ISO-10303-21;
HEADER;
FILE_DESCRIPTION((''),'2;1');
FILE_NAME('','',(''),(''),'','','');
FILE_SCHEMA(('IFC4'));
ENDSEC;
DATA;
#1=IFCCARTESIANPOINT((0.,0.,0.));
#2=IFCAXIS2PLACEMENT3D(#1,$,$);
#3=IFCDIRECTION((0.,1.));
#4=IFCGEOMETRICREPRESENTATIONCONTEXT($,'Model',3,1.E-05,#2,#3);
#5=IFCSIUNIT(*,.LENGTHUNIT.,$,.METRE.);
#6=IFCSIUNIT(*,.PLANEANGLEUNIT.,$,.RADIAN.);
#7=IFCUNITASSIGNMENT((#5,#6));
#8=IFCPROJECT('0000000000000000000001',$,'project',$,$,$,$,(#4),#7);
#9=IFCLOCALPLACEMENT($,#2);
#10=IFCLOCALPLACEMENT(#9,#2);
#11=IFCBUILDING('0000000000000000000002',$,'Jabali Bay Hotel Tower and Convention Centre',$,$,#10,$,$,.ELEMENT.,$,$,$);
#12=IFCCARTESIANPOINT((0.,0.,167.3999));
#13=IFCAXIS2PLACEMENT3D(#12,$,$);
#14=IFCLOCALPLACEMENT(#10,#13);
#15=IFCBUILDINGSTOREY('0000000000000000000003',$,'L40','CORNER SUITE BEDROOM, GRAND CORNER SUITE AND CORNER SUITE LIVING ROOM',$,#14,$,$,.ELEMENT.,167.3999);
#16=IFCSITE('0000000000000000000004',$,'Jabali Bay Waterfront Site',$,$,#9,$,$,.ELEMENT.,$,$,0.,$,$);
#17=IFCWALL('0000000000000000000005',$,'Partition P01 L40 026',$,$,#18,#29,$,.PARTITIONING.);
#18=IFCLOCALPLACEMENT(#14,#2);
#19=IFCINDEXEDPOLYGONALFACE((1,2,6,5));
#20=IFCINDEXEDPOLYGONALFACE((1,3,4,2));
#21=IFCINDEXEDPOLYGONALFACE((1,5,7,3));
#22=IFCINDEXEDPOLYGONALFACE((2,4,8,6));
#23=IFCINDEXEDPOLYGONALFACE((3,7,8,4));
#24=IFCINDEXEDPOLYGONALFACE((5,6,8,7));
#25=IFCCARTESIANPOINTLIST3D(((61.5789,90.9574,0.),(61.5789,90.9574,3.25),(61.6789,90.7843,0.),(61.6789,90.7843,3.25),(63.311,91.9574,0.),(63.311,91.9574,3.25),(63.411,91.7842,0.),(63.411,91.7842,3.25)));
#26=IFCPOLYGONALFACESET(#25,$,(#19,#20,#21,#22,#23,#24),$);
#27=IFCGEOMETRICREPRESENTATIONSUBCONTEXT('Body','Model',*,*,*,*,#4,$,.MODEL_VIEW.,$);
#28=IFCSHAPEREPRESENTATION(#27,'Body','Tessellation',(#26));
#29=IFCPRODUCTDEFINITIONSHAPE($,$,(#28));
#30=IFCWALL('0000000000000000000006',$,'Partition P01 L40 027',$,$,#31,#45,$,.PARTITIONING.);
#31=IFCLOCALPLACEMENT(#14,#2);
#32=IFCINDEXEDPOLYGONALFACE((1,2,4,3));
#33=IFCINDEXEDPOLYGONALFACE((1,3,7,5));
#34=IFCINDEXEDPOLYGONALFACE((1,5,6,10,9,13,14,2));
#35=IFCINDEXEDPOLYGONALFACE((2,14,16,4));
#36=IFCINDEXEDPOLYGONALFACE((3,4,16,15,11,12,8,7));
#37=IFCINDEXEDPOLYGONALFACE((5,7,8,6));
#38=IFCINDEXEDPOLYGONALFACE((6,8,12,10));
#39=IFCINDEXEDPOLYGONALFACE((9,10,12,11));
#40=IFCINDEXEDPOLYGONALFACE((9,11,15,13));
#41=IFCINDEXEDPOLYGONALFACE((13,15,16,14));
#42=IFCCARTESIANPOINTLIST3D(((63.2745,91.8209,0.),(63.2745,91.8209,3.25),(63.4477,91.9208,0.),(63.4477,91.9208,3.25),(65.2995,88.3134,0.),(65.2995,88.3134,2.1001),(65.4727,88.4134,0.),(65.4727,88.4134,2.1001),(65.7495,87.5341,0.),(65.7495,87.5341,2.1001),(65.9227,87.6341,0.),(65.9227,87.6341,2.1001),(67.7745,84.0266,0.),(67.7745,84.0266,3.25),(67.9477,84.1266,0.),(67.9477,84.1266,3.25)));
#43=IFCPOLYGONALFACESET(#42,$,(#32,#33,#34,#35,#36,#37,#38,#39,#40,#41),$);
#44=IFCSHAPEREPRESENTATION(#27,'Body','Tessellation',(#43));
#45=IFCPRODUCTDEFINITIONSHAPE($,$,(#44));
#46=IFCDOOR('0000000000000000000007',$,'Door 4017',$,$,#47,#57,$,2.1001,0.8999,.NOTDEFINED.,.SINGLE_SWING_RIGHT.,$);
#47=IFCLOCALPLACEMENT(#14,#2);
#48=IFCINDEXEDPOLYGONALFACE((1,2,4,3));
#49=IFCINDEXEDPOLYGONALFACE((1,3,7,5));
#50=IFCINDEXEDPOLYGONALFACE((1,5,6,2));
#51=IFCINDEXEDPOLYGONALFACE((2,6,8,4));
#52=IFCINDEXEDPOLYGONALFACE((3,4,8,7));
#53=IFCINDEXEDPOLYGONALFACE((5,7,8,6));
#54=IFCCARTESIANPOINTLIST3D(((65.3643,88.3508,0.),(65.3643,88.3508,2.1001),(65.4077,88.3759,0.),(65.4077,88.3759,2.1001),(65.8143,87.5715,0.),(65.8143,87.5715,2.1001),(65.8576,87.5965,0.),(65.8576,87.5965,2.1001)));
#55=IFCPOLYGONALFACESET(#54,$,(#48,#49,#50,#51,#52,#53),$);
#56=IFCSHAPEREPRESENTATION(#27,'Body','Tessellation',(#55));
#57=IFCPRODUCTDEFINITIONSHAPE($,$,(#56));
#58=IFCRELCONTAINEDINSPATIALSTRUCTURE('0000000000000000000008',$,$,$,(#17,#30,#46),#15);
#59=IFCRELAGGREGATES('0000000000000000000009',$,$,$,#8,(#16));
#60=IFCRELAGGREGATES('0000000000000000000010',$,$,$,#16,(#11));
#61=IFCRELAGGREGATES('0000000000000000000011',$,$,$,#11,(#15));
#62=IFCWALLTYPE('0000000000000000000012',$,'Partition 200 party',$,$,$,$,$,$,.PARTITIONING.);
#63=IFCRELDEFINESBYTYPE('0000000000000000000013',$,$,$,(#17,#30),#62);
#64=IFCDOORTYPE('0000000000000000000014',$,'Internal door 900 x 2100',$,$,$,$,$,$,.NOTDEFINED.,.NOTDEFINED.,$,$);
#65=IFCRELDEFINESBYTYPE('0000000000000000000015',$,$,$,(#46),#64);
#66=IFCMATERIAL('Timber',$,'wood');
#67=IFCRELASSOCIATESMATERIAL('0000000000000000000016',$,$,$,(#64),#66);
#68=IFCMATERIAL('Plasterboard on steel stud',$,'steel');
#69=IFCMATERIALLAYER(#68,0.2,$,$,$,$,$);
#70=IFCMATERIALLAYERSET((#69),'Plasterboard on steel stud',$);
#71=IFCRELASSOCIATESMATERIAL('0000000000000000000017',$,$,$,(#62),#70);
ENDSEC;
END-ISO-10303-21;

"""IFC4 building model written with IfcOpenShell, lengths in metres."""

from ifc_helpers import new_model, si_unit, direction, frame, frame_2d, origin, place, context, subcontext, project, spatial, rectangle, extrude, material, layer, layer_set, type_object, element, fill, save


model = new_model("IFC4")

# Units and contexts
model_context = context("Model", 3, precision=1e-05, world=origin(), true_north=direction((0.0, 1.0)))
body_context = subcontext(model_context, "Body", "Model", "MODEL_VIEW")
ifc_project = project(units=[si_unit("LENGTHUNIT", "METRE"), si_unit("PLANEANGLEUNIT", "RADIAN")], contexts=[model_context])

# Site, building, storey
site_placement = place(None, origin())
site = spatial("IfcSite", under=ifc_project, at=site_placement, Name="Jabali Bay Waterfront Site", CompositionType="ELEMENT", RefElevation=0.0)
building_placement = place(site_placement, origin())
building = spatial("IfcBuilding", under=site, at=building_placement, Name="Jabali Bay Hotel Tower and Convention Centre", CompositionType="ELEMENT")
storey_placement = place(building_placement, frame((0.0, 0.0, 167.3999)))
storey = spatial("IfcBuildingStorey", under=building, at=storey_placement, Name="L40", Description="CORNER SUITE BEDROOM, GRAND CORNER SUITE AND CORNER SUITE LIVING ROOM", CompositionType="ELEMENT", Elevation=167.3999)

# Shared definitions
ifc_material_1 = material(Name="Plasterboard on steel stud", Category="steel")
ifc_material_2 = material(Name="Timber", Category="wood")
door_type_1 = type_object("IfcDoorType", Name="Internal door 900 x 2100", OperationType="NOTDEFINED", PredefinedType="NOTDEFINED", material=ifc_material_2)

# Wall
ifc_layer_1 = layer(ifc_material_1, 0.2)
ifc_layer_set_1 = layer_set([ifc_layer_1], Name="Plasterboard on steel stud")
wall_type_1 = type_object("IfcWallType", Name="Partition 200 party", PredefinedType="PARTITIONING", material=ifc_layer_set_1)
wall_1_placement = place(storey_placement, frame((61.6289, 90.8708, 0.0), z_axis=(0.0, 0.0, 1.0), x_axis=(0.866041, 0.499973, 0.0)))
element("IfcWall", 1, at=wall_1_placement, inside=storey, type_object=wall_type_1, Name="Partition P01 L40 026", PredefinedType="PARTITIONING", context=body_context, shape_type="SweptSolid", body=[
    extrude(rectangle(XDim=2.0, YDim=0.2, at=frame_2d((1.0, 0.0))), origin(), (0.0, 0.0, 1.0), 3.25),
])

# Wall, opening, door
wall_2_placement = place(storey_placement, frame((63.3611, 91.8708, 0.0), z_axis=(0.0, 0.0, 1.0), x_axis=(0.500002, -0.866024, 0.0)))
wall_2 = element("IfcWall", 2, at=wall_2_placement, inside=storey, type_object=wall_type_1, Name="Partition P01 L40 027", PredefinedType="PARTITIONING", context=body_context, shape_type="SweptSolid", body=[
    extrude(rectangle(XDim=9.0, YDim=0.2, at=frame_2d((4.5, 0.0))), origin(), (0.0, 0.0, 1.0), 3.25),
])
opening_1_placement = place(wall_2_placement, frame((4.05, 0.0, 0.0)))
opening_1 = element("IfcOpeningElement", 3, at=opening_1_placement, cuts=wall_2, PredefinedType="OPENING", context=body_context, shape_type="SweptSolid", body=[
    extrude(rectangle(XDim=0.8999, YDim=2.1001, at=frame_2d((0.45, 1.05))), frame((0.0, 0.1104, 0.0), z_axis=(0.0, -1.0, 0.0), x_axis=(1.0, 0.0, 0.0)), (0.0, 0.0, 1.0), 0.2209),
])
door_1_placement = place(opening_1_placement, origin())
door_1 = element("IfcDoor", 4, at=door_1_placement, inside=storey, type_object=door_type_1, Name="Door 4017", OperationType="SINGLE_SWING_RIGHT", OverallHeight=2.1001, OverallWidth=0.8999, PredefinedType="NOTDEFINED", context=body_context, shape_type="SweptSolid", body=[
    extrude(rectangle(XDim=0.8999, YDim=2.1001, at=frame_2d((0.45, 1.05))), frame((0.0, 0.0249, 0.0), z_axis=(0.0, -1.0, 0.0), x_axis=(1.0, 0.0, 0.0)), (0.0, 0.0, 1.0), 0.05),
])
fill(opening_1, door_1)

save(model, "model.ifc")
